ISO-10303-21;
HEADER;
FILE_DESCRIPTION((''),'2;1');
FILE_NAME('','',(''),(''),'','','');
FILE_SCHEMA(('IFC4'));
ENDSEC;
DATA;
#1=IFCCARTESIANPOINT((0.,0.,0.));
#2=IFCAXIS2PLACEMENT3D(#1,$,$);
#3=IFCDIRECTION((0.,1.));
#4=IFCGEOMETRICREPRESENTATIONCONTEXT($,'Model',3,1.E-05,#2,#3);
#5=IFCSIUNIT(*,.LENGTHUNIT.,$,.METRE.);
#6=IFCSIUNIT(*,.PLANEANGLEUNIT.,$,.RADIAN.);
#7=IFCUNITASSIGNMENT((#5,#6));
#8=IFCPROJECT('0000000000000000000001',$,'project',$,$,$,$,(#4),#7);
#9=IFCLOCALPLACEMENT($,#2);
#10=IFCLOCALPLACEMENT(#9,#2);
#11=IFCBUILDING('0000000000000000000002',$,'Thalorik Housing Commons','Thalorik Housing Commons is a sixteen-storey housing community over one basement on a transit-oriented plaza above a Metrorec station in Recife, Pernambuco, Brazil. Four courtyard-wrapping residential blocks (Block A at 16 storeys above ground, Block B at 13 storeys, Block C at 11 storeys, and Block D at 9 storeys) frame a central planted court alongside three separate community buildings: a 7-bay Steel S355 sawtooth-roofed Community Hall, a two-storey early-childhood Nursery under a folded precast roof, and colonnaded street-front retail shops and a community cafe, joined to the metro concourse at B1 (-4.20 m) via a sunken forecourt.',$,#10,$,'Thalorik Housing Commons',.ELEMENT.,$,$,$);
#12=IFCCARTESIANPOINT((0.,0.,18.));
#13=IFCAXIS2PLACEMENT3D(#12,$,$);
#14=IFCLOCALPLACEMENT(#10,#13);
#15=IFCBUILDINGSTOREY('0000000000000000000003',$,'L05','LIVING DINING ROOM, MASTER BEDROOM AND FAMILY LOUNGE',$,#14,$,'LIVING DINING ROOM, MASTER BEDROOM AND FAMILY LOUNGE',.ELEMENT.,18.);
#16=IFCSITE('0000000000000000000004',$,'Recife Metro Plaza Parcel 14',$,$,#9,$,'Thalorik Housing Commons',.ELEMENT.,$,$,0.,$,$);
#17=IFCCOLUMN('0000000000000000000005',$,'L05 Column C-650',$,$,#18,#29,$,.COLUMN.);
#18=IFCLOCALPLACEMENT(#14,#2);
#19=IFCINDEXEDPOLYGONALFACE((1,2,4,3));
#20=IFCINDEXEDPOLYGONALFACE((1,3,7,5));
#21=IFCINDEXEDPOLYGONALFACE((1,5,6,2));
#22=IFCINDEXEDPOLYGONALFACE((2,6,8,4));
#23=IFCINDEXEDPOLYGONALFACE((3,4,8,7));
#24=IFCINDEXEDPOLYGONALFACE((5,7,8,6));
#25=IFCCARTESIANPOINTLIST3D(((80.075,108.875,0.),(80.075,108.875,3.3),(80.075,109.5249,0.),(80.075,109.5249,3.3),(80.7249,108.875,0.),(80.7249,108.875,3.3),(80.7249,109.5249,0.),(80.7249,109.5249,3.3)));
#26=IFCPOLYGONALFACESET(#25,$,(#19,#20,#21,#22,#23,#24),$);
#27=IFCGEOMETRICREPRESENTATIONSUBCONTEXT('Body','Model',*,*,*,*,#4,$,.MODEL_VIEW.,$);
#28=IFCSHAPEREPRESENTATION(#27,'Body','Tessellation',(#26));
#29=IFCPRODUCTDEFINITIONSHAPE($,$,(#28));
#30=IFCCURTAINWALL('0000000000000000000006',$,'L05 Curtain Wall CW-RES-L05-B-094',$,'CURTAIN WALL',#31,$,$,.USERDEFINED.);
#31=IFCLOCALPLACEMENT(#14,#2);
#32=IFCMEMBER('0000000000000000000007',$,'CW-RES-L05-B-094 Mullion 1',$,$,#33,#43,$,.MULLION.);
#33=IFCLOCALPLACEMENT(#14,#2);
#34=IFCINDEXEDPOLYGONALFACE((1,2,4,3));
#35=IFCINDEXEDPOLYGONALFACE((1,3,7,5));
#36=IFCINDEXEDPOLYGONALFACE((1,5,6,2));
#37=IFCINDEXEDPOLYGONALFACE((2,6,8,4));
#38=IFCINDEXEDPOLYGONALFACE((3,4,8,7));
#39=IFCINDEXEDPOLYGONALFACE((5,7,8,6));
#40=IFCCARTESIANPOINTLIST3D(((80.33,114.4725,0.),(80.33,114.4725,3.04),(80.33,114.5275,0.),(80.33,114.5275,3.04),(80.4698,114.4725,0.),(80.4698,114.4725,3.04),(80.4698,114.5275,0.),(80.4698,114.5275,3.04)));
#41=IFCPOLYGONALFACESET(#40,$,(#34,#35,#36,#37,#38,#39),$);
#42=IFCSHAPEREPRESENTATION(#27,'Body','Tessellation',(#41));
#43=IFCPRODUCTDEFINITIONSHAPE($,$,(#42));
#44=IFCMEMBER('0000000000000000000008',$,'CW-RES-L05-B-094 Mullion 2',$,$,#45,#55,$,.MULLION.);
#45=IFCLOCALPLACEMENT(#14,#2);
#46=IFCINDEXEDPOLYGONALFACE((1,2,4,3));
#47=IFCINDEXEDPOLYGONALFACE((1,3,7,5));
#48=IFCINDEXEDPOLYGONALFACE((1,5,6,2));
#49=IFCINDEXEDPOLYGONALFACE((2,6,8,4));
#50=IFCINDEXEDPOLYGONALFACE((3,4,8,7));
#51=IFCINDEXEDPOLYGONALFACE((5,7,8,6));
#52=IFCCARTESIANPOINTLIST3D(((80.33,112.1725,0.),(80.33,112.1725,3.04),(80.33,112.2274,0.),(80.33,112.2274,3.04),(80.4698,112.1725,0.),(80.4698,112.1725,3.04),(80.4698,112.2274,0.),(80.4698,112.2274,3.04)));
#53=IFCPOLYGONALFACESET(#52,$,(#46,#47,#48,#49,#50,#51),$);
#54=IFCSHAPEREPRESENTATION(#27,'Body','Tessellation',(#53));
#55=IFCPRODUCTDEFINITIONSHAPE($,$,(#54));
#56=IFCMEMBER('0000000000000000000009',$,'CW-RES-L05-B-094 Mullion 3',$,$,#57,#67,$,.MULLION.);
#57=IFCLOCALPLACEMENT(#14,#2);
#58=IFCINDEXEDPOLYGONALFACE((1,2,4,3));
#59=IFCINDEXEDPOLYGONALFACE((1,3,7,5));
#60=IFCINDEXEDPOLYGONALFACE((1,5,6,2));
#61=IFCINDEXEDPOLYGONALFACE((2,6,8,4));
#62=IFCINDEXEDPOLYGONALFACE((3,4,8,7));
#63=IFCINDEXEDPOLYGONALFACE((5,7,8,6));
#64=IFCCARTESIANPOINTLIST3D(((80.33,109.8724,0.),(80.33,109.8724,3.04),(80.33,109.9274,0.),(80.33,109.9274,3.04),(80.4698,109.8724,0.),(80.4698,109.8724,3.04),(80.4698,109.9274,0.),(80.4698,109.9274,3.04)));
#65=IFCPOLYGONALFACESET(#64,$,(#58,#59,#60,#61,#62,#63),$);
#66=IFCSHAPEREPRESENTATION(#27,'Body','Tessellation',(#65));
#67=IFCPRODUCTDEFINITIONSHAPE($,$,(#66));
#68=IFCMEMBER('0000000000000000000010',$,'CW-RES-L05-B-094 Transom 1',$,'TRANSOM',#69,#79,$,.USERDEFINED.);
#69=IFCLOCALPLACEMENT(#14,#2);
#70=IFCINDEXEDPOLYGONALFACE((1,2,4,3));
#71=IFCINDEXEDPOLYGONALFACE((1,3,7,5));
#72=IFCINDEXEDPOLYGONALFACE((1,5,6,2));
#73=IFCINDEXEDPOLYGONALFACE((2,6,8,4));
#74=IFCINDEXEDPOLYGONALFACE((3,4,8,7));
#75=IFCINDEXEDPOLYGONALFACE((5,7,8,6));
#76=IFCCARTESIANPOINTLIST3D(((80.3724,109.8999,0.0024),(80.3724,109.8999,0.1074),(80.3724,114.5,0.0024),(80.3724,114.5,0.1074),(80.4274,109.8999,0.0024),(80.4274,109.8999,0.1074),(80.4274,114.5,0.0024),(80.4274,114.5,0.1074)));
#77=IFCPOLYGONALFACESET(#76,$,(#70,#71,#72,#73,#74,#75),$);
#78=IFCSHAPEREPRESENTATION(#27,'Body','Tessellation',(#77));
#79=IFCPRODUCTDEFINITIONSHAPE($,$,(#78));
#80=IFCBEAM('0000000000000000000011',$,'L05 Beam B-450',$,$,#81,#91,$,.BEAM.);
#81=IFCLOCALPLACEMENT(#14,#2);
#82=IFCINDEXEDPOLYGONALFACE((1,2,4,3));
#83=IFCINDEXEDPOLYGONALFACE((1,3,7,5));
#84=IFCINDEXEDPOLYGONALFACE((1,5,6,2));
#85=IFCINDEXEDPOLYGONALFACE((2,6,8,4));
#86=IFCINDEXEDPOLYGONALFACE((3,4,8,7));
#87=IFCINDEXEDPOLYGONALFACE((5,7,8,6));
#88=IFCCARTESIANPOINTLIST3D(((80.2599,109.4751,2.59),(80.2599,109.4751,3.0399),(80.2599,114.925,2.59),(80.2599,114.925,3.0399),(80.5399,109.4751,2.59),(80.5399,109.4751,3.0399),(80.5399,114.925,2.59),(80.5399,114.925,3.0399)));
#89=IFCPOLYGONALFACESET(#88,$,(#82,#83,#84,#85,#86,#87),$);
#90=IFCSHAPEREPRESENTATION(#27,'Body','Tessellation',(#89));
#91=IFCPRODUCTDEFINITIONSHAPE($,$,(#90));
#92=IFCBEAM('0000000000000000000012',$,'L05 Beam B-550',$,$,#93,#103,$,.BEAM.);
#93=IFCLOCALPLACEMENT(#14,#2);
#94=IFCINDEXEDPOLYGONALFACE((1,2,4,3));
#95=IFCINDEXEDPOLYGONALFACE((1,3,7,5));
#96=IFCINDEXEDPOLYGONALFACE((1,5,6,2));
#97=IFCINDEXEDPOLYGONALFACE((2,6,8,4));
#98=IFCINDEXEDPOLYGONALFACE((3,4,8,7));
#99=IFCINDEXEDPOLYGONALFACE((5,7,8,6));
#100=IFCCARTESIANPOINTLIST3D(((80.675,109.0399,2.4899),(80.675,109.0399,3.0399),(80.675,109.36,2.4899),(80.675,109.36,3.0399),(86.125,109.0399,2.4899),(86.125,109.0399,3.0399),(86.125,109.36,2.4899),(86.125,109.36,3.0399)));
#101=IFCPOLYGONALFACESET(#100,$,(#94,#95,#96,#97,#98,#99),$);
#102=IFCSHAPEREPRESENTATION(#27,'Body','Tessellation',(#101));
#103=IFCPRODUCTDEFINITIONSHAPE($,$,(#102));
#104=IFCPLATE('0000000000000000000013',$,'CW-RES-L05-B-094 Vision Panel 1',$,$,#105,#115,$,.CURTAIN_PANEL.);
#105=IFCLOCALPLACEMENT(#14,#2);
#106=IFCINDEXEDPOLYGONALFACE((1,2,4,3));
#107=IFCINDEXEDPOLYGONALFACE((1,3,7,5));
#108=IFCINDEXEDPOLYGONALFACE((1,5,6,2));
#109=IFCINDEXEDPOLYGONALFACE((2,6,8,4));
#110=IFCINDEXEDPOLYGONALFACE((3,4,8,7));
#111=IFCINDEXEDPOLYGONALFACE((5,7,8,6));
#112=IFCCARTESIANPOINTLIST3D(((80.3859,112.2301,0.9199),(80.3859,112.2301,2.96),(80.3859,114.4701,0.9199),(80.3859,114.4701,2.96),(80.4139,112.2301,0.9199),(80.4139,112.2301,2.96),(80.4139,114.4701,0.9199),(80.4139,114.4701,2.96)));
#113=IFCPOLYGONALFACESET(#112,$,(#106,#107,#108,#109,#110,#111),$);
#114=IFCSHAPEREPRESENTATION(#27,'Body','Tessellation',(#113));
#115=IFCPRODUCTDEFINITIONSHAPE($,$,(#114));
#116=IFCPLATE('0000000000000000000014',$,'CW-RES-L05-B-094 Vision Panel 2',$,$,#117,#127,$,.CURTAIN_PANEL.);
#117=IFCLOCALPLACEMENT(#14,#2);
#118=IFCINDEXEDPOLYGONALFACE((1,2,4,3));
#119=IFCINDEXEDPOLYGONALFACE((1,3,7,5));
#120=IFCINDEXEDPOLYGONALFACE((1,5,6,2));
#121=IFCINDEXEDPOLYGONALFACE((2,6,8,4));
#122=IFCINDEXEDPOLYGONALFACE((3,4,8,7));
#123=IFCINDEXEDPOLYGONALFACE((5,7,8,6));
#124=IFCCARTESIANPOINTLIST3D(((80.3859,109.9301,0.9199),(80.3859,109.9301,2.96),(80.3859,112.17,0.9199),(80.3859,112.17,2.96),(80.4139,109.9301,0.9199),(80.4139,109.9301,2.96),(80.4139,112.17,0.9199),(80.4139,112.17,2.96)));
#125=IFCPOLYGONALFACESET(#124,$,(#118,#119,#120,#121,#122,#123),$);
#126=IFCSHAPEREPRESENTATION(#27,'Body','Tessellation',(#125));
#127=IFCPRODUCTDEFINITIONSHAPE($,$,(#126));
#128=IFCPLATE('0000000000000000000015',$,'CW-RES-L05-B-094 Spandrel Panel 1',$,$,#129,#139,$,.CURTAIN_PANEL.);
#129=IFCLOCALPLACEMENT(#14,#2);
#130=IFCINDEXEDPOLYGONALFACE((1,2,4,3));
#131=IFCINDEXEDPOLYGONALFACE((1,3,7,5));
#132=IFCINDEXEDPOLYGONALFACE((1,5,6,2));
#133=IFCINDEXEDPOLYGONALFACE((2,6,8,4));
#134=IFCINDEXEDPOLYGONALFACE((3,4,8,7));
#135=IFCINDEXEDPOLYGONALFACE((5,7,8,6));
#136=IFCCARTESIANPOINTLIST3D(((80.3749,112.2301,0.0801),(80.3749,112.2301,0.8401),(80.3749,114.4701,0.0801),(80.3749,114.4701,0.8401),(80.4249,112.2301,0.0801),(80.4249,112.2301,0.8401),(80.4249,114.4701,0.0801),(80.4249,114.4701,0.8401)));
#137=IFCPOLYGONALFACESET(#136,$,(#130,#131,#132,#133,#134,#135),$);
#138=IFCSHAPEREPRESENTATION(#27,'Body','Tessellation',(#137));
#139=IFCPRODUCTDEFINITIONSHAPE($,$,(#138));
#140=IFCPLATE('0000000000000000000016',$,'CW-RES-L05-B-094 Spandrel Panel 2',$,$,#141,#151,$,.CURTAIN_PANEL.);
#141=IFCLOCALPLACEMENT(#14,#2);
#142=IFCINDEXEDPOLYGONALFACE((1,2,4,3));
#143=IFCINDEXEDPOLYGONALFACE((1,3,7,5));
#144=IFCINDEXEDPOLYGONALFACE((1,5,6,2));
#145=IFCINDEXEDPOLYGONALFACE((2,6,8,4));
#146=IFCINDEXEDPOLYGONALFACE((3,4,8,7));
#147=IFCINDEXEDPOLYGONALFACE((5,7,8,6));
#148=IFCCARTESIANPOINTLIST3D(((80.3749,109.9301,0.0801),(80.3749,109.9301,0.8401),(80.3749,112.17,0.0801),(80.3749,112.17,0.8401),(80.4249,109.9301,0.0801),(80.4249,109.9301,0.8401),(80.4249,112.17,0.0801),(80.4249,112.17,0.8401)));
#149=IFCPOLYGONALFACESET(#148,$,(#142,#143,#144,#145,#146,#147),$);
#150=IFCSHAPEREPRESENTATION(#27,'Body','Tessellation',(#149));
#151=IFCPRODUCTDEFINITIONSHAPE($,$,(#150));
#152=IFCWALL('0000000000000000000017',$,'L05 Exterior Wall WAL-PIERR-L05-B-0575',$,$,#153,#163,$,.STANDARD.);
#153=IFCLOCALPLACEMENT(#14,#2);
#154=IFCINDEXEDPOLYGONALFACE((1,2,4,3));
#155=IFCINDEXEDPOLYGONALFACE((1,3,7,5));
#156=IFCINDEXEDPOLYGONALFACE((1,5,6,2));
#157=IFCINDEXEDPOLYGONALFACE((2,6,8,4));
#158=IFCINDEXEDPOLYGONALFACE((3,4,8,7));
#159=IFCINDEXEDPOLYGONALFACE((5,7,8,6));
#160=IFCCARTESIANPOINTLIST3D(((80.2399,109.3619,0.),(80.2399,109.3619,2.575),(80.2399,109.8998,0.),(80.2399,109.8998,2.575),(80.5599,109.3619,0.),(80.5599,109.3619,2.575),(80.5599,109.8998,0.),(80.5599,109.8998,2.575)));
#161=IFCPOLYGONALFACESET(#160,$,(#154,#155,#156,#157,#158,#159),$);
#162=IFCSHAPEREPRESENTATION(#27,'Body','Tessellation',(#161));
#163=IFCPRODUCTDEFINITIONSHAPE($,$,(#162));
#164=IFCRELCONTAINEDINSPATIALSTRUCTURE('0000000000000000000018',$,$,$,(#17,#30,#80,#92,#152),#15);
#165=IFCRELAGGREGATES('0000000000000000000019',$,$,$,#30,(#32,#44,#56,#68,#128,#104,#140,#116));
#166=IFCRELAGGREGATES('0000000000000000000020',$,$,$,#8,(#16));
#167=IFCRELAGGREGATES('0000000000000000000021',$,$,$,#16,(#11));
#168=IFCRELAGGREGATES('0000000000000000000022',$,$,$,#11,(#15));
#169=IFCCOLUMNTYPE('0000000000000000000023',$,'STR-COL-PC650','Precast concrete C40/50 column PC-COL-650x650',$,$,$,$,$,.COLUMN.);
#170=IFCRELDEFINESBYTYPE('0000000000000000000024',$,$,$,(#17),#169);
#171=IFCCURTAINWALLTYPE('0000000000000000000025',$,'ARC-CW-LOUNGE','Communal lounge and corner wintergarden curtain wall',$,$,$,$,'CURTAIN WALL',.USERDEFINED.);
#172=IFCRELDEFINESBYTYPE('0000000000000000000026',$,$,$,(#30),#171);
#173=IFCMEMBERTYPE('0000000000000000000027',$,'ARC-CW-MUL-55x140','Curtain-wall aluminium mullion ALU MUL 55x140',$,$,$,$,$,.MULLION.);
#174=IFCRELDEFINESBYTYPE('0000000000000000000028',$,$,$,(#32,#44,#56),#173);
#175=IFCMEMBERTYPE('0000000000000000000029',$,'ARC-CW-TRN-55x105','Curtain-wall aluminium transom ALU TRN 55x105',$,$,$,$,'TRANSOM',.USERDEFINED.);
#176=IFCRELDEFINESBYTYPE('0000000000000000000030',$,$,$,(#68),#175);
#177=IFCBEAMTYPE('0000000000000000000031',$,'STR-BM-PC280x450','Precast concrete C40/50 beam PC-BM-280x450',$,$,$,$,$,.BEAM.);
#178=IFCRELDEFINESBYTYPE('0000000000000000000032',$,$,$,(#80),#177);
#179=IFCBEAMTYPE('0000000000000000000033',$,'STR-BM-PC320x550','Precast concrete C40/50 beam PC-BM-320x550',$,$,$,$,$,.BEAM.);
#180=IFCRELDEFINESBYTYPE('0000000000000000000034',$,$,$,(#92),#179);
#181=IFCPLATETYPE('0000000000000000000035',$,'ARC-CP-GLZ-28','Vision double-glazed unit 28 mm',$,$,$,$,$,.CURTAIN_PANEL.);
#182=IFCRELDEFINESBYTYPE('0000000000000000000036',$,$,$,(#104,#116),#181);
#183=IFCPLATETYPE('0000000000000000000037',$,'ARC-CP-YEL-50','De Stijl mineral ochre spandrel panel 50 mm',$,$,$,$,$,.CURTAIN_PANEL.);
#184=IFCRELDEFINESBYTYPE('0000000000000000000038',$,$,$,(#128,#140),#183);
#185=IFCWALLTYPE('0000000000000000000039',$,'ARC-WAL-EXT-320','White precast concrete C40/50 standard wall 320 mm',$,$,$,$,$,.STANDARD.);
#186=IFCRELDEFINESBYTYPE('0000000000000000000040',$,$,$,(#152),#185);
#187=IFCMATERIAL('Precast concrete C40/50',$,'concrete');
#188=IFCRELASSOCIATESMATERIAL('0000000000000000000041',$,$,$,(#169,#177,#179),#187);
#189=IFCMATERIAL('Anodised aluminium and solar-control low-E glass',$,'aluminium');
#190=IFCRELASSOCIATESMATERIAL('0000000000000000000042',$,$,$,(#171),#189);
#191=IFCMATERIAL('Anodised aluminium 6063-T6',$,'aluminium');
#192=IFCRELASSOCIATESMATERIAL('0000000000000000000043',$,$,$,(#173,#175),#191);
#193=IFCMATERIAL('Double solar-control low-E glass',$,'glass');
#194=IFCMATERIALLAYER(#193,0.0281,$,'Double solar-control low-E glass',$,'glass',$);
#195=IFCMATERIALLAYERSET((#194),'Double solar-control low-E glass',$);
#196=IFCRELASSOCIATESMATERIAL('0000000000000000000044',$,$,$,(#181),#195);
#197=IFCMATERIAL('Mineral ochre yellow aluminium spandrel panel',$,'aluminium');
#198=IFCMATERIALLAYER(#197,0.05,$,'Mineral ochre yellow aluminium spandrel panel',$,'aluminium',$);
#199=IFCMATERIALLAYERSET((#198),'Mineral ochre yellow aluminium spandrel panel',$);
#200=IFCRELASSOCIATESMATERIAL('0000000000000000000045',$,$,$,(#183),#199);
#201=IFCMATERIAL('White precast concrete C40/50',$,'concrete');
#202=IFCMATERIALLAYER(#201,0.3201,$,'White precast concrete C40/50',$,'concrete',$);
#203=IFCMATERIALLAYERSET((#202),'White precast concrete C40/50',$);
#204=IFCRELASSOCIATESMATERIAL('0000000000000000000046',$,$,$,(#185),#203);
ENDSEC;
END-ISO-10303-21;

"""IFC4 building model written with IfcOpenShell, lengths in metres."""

from ifc_helpers import new_model, si_unit, direction, frame, frame_2d, origin, origin_2d, place, context, subcontext, project, spatial, rectangle, extrude, material, layer, layer_set, material_profile, profile_set, type_object, element, aggregate, save


model = new_model("IFC4")

# Units and contexts
model_context = context("Model", 3, precision=1e-05, world=origin(), true_north=direction((0.0, 1.0)))
body_context = subcontext(model_context, "Body", "Model", "MODEL_VIEW")
ifc_project = project(units=[si_unit("LENGTHUNIT", "METRE"), si_unit("PLANEANGLEUNIT", "RADIAN")], contexts=[model_context])

# Site, building, storey
site_placement = place(None, origin())
site = spatial("IfcSite", under=ifc_project, at=site_placement, Name="Recife Metro Plaza Parcel 14", LongName="Thalorik Housing Commons", CompositionType="ELEMENT", RefElevation=0.0)
building_placement = place(site_placement, origin())
building = spatial("IfcBuilding", under=site, at=building_placement, Name="Thalorik Housing Commons", Description="Thalorik Housing Commons is a sixteen-storey housing community over one basement on a transit-oriented plaza above a Metrorec station in Recife, Pernambuco, Brazil. Four courtyard-wrapping residential blocks (Block A at 16 storeys above ground, Block B at 13 storeys, Block C at 11 storeys, and Block D at 9 storeys) frame a central planted court alongside three separate community buildings: a 7-bay Steel S355 sawtooth-roofed Community Hall, a two-storey early-childhood Nursery under a folded precast roof, and colonnaded street-front retail shops and a community cafe, joined to the metro concourse at B1 (-4.20 m) via a sunken forecourt.", LongName="Thalorik Housing Commons", CompositionType="ELEMENT")
storey_placement = place(building_placement, frame((0.0, 0.0, 18.0)))
storey = spatial("IfcBuildingStorey", under=building, at=storey_placement, Name="L05", Description="LIVING DINING ROOM, MASTER BEDROOM AND FAMILY LOUNGE", LongName="LIVING DINING ROOM, MASTER BEDROOM AND FAMILY LOUNGE", CompositionType="ELEMENT", Elevation=18.0)

# Column
ifc_material_1 = material(Name="Precast concrete C40/50", Category="concrete")
ifc_material_profile_1 = material_profile(ifc_material_1, rectangle(XDim=0.6499, YDim=0.6499, at=origin_2d()), Name="PC 650x650", Category="concrete")
ifc_profile_set_1 = profile_set([ifc_material_profile_1], Name="Precast concrete C40/50")
column_type = type_object("IfcColumnType", Name="STR-COL-PC650", Description="Precast concrete C40/50 column PC-COL-650x650", PredefinedType="COLUMN", material=ifc_profile_set_1)
column_placement = place(storey_placement, frame((80.3999, 109.2, 0.0), z_axis=(0.0, 0.0, 1.0), x_axis=(1.0, 0.0, 0.0)))
element("IfcColumn", 1, at=column_placement, inside=storey, type_object=column_type, Name="L05 Column C-650", PredefinedType="COLUMN", context=body_context, shape_type="SweptSolid", body=[
    extrude(rectangle(XDim=0.6499, YDim=0.6499, at=origin_2d()), origin(), (0.0, 0.0, 1.0), 3.3),
])

# Curtain wall, members
ifc_material_2 = material(Name="Anodised aluminium and solar-control low-E glass", Category="aluminium")
curtain_wall_type = type_object("IfcCurtainWallType", Name="ARC-CW-LOUNGE", Description="Communal lounge and corner wintergarden curtain wall", ElementType="CURTAIN WALL", PredefinedType="USERDEFINED", material=ifc_material_2)
curtain_wall_placement = place(storey_placement, origin())
curtain_wall = element("IfcCurtainWall", 2, at=curtain_wall_placement, inside=storey, type_object=curtain_wall_type, Name="L05 Curtain Wall CW-RES-L05-B-094", ObjectType="CURTAIN WALL", PredefinedType="USERDEFINED")
ifc_material_3 = material(Name="Anodised aluminium 6063-T6", Category="aluminium")
ifc_material_profile_2 = material_profile(ifc_material_3, rectangle(XDim=0.0549, YDim=0.1399, at=origin_2d()), Name="ALU MUL 55x140", Category="aluminium")
ifc_profile_set_2 = profile_set([ifc_material_profile_2], Name="Anodised aluminium 6063-T6")
member_type_1 = type_object("IfcMemberType", Name="ARC-CW-MUL-55x140", Description="Curtain-wall aluminium mullion ALU MUL 55x140", PredefinedType="MULLION", material=ifc_profile_set_2)
member_1_placement = place(storey_placement, frame((80.3999, 114.5, 0.0), z_axis=(0.0, 0.0, 1.0), x_axis=(0.0, -1.0, 0.0)))
member_1 = element("IfcMember", 3, at=member_1_placement, type_object=member_type_1, Name="CW-RES-L05-B-094 Mullion 1", PredefinedType="MULLION", context=body_context, shape_type="SweptSolid", body=[
    extrude(rectangle(XDim=0.0549, YDim=0.1399, at=origin_2d()), origin(), (0.0, 0.0, 1.0), 3.04),
])
member_2_placement = place(storey_placement, frame((80.3999, 112.2, 0.0), z_axis=(0.0, 0.0, 1.0), x_axis=(0.0, -1.0, 0.0)))
member_2 = element("IfcMember", 4, at=member_2_placement, type_object=member_type_1, Name="CW-RES-L05-B-094 Mullion 2", PredefinedType="MULLION", context=body_context, shape_type="SweptSolid", body=[
    extrude(rectangle(XDim=0.0549, YDim=0.1399, at=origin_2d()), origin(), (0.0, 0.0, 1.0), 3.04),
])
member_3_placement = place(storey_placement, frame((80.3999, 109.8999, 0.0), z_axis=(0.0, 0.0, 1.0), x_axis=(0.0, -1.0, 0.0)))
member_3 = element("IfcMember", 5, at=member_3_placement, type_object=member_type_1, Name="CW-RES-L05-B-094 Mullion 3", PredefinedType="MULLION", context=body_context, shape_type="SweptSolid", body=[
    extrude(rectangle(XDim=0.0549, YDim=0.1399, at=origin_2d()), origin(), (0.0, 0.0, 1.0), 3.04),
])
ifc_material_profile_3 = material_profile(ifc_material_3, rectangle(XDim=0.0549, YDim=0.105, at=origin_2d()), Name="ALU TRN 55x105", Category="aluminium")
ifc_profile_set_3 = profile_set([ifc_material_profile_3], Name="Anodised aluminium 6063-T6")
member_type_2 = type_object("IfcMemberType", Name="ARC-CW-TRN-55x105", Description="Curtain-wall aluminium transom ALU TRN 55x105", ElementType="TRANSOM", PredefinedType="USERDEFINED", material=ifc_profile_set_3)
member_4_placement = place(storey_placement, frame((80.3999, 114.5, 0.0549), z_axis=(0.0, -1.0, 0.0), x_axis=(1.0, 0.0, 0.0)))
member_4 = element("IfcMember", 6, at=member_4_placement, type_object=member_type_2, Name="CW-RES-L05-B-094 Transom 1", ObjectType="TRANSOM", PredefinedType="USERDEFINED", context=body_context, shape_type="SweptSolid", body=[
    extrude(rectangle(XDim=0.0549, YDim=0.105, at=origin_2d()), origin(), (0.0, 0.0, 1.0), 4.6001),
])

# Beams
ifc_material_profile_4 = material_profile(ifc_material_1, rectangle(XDim=0.28, YDim=0.45, at=origin_2d()), Name="PC 280x450", Category="concrete")
ifc_profile_set_4 = profile_set([ifc_material_profile_4], Name="Precast concrete C40/50")
beam_type_1 = type_object("IfcBeamType", Name="STR-BM-PC280x450", Description="Precast concrete C40/50 beam PC-BM-280x450", PredefinedType="BEAM", material=ifc_profile_set_4)
beam_1_placement = place(storey_placement, frame((80.3999, 109.4751, 2.8149), z_axis=(0.0, 1.0, 0.0), x_axis=(-1.0, 0.0, 0.0)))
element("IfcBeam", 7, at=beam_1_placement, inside=storey, type_object=beam_type_1, Name="L05 Beam B-450", PredefinedType="BEAM", context=body_context, shape_type="SweptSolid", body=[
    extrude(rectangle(XDim=0.28, YDim=0.45, at=origin_2d()), origin(), (0.0, 0.0, 1.0), 5.45),
])
ifc_material_profile_5 = material_profile(ifc_material_1, rectangle(XDim=0.3201, YDim=0.55, at=origin_2d()), Name="PC 320x550", Category="concrete")
ifc_profile_set_5 = profile_set([ifc_material_profile_5], Name="Precast concrete C40/50")
beam_type_2 = type_object("IfcBeamType", Name="STR-BM-PC320x550", Description="Precast concrete C40/50 beam PC-BM-320x550", PredefinedType="BEAM", material=ifc_profile_set_5)
beam_2_placement = place(storey_placement, frame((80.675, 109.2, 2.7649), z_axis=(1.0, 0.0, 0.0), x_axis=(0.0, 1.0, 0.0)))
element("IfcBeam", 8, at=beam_2_placement, inside=storey, type_object=beam_type_2, Name="L05 Beam B-550", PredefinedType="BEAM", context=body_context, shape_type="SweptSolid", body=[
    extrude(rectangle(XDim=0.3201, YDim=0.55, at=origin_2d()), origin(), (0.0, 0.0, 1.0), 5.45),
])

# Plates
ifc_material_4 = material(Name="Double solar-control low-E glass", Category="glass")
ifc_layer_1 = layer(ifc_material_4, 0.0281, Name="Double solar-control low-E glass", Category="glass")
ifc_layer_set_1 = layer_set([ifc_layer_1], Name="Double solar-control low-E glass")
plate_type_1 = type_object("IfcPlateType", Name="ARC-CP-GLZ-28", Description="Vision double-glazed unit 28 mm", PredefinedType="CURTAIN_PANEL", material=ifc_layer_set_1)
plate_1_placement = place(storey_placement, frame((80.3999, 113.3501, 0.9199), z_axis=(0.0, 0.0, 1.0), x_axis=(0.0, -1.0, 0.0)))
plate_1 = element("IfcPlate", 9, at=plate_1_placement, type_object=plate_type_1, Name="CW-RES-L05-B-094 Vision Panel 1", PredefinedType="CURTAIN_PANEL", context=body_context, shape_type="SweptSolid", body=[
    extrude(rectangle(XDim=2.24, YDim=0.0281, at=origin_2d()), origin(), (0.0, 0.0, 1.0), 2.04),
])
plate_2_placement = place(storey_placement, frame((80.3999, 111.05, 0.9199), z_axis=(0.0, 0.0, 1.0), x_axis=(0.0, -1.0, 0.0)))
plate_2 = element("IfcPlate", 10, at=plate_2_placement, type_object=plate_type_1, Name="CW-RES-L05-B-094 Vision Panel 2", PredefinedType="CURTAIN_PANEL", context=body_context, shape_type="SweptSolid", body=[
    extrude(rectangle(XDim=2.24, YDim=0.0281, at=origin_2d()), origin(), (0.0, 0.0, 1.0), 2.04),
])
ifc_material_5 = material(Name="Mineral ochre yellow aluminium spandrel panel", Category="aluminium")
ifc_layer_2 = layer(ifc_material_5, 0.05, Name="Mineral ochre yellow aluminium spandrel panel", Category="aluminium")
ifc_layer_set_2 = layer_set([ifc_layer_2], Name="Mineral ochre yellow aluminium spandrel panel")
plate_type_2 = type_object("IfcPlateType", Name="ARC-CP-YEL-50", Description="De Stijl mineral ochre spandrel panel 50 mm", PredefinedType="CURTAIN_PANEL", material=ifc_layer_set_2)
plate_3_placement = place(storey_placement, frame((80.3999, 113.3501, 0.0801), z_axis=(0.0, 0.0, 1.0), x_axis=(0.0, -1.0, 0.0)))
plate_3 = element("IfcPlate", 11, at=plate_3_placement, type_object=plate_type_2, Name="CW-RES-L05-B-094 Spandrel Panel 1", PredefinedType="CURTAIN_PANEL", context=body_context, shape_type="SweptSolid", body=[
    extrude(rectangle(XDim=2.24, YDim=0.05, at=origin_2d()), origin(), (0.0, 0.0, 1.0), 0.76),
])
plate_4_placement = place(storey_placement, frame((80.3999, 111.05, 0.0801), z_axis=(0.0, 0.0, 1.0), x_axis=(0.0, -1.0, 0.0)))
plate_4 = element("IfcPlate", 12, at=plate_4_placement, type_object=plate_type_2, Name="CW-RES-L05-B-094 Spandrel Panel 2", PredefinedType="CURTAIN_PANEL", context=body_context, shape_type="SweptSolid", body=[
    extrude(rectangle(XDim=2.24, YDim=0.05, at=origin_2d()), origin(), (0.0, 0.0, 1.0), 0.76),
])
aggregate(curtain_wall, [member_1, member_2, member_3, member_4, plate_3, plate_1, plate_4, plate_2])

# Wall
ifc_material_6 = material(Name="White precast concrete C40/50", Category="concrete")
ifc_layer_3 = layer(ifc_material_6, 0.3201, Name="White precast concrete C40/50", Category="concrete")
ifc_layer_set_3 = layer_set([ifc_layer_3], Name="White precast concrete C40/50")
wall_type = type_object("IfcWallType", Name="ARC-WAL-EXT-320", Description="White precast concrete C40/50 standard wall 320 mm", PredefinedType="STANDARD", material=ifc_layer_set_3)
wall_1_placement = place(storey_placement, frame((80.3999, 109.8999, 0.0), z_axis=(0.0, 0.0, 1.0), x_axis=(0.0, -1.0, 0.0)))
element("IfcWall", 13, at=wall_1_placement, inside=storey, type_object=wall_type, Name="L05 Exterior Wall WAL-PIERR-L05-B-0575", PredefinedType="STANDARD", context=body_context, shape_type="SweptSolid", body=[
    extrude(rectangle(XDim=0.5378, YDim=0.3201, at=frame_2d((0.269, 0.0))), origin(), (0.0, 0.0, 1.0), 2.575),
])

save(model, "model.ifc")
